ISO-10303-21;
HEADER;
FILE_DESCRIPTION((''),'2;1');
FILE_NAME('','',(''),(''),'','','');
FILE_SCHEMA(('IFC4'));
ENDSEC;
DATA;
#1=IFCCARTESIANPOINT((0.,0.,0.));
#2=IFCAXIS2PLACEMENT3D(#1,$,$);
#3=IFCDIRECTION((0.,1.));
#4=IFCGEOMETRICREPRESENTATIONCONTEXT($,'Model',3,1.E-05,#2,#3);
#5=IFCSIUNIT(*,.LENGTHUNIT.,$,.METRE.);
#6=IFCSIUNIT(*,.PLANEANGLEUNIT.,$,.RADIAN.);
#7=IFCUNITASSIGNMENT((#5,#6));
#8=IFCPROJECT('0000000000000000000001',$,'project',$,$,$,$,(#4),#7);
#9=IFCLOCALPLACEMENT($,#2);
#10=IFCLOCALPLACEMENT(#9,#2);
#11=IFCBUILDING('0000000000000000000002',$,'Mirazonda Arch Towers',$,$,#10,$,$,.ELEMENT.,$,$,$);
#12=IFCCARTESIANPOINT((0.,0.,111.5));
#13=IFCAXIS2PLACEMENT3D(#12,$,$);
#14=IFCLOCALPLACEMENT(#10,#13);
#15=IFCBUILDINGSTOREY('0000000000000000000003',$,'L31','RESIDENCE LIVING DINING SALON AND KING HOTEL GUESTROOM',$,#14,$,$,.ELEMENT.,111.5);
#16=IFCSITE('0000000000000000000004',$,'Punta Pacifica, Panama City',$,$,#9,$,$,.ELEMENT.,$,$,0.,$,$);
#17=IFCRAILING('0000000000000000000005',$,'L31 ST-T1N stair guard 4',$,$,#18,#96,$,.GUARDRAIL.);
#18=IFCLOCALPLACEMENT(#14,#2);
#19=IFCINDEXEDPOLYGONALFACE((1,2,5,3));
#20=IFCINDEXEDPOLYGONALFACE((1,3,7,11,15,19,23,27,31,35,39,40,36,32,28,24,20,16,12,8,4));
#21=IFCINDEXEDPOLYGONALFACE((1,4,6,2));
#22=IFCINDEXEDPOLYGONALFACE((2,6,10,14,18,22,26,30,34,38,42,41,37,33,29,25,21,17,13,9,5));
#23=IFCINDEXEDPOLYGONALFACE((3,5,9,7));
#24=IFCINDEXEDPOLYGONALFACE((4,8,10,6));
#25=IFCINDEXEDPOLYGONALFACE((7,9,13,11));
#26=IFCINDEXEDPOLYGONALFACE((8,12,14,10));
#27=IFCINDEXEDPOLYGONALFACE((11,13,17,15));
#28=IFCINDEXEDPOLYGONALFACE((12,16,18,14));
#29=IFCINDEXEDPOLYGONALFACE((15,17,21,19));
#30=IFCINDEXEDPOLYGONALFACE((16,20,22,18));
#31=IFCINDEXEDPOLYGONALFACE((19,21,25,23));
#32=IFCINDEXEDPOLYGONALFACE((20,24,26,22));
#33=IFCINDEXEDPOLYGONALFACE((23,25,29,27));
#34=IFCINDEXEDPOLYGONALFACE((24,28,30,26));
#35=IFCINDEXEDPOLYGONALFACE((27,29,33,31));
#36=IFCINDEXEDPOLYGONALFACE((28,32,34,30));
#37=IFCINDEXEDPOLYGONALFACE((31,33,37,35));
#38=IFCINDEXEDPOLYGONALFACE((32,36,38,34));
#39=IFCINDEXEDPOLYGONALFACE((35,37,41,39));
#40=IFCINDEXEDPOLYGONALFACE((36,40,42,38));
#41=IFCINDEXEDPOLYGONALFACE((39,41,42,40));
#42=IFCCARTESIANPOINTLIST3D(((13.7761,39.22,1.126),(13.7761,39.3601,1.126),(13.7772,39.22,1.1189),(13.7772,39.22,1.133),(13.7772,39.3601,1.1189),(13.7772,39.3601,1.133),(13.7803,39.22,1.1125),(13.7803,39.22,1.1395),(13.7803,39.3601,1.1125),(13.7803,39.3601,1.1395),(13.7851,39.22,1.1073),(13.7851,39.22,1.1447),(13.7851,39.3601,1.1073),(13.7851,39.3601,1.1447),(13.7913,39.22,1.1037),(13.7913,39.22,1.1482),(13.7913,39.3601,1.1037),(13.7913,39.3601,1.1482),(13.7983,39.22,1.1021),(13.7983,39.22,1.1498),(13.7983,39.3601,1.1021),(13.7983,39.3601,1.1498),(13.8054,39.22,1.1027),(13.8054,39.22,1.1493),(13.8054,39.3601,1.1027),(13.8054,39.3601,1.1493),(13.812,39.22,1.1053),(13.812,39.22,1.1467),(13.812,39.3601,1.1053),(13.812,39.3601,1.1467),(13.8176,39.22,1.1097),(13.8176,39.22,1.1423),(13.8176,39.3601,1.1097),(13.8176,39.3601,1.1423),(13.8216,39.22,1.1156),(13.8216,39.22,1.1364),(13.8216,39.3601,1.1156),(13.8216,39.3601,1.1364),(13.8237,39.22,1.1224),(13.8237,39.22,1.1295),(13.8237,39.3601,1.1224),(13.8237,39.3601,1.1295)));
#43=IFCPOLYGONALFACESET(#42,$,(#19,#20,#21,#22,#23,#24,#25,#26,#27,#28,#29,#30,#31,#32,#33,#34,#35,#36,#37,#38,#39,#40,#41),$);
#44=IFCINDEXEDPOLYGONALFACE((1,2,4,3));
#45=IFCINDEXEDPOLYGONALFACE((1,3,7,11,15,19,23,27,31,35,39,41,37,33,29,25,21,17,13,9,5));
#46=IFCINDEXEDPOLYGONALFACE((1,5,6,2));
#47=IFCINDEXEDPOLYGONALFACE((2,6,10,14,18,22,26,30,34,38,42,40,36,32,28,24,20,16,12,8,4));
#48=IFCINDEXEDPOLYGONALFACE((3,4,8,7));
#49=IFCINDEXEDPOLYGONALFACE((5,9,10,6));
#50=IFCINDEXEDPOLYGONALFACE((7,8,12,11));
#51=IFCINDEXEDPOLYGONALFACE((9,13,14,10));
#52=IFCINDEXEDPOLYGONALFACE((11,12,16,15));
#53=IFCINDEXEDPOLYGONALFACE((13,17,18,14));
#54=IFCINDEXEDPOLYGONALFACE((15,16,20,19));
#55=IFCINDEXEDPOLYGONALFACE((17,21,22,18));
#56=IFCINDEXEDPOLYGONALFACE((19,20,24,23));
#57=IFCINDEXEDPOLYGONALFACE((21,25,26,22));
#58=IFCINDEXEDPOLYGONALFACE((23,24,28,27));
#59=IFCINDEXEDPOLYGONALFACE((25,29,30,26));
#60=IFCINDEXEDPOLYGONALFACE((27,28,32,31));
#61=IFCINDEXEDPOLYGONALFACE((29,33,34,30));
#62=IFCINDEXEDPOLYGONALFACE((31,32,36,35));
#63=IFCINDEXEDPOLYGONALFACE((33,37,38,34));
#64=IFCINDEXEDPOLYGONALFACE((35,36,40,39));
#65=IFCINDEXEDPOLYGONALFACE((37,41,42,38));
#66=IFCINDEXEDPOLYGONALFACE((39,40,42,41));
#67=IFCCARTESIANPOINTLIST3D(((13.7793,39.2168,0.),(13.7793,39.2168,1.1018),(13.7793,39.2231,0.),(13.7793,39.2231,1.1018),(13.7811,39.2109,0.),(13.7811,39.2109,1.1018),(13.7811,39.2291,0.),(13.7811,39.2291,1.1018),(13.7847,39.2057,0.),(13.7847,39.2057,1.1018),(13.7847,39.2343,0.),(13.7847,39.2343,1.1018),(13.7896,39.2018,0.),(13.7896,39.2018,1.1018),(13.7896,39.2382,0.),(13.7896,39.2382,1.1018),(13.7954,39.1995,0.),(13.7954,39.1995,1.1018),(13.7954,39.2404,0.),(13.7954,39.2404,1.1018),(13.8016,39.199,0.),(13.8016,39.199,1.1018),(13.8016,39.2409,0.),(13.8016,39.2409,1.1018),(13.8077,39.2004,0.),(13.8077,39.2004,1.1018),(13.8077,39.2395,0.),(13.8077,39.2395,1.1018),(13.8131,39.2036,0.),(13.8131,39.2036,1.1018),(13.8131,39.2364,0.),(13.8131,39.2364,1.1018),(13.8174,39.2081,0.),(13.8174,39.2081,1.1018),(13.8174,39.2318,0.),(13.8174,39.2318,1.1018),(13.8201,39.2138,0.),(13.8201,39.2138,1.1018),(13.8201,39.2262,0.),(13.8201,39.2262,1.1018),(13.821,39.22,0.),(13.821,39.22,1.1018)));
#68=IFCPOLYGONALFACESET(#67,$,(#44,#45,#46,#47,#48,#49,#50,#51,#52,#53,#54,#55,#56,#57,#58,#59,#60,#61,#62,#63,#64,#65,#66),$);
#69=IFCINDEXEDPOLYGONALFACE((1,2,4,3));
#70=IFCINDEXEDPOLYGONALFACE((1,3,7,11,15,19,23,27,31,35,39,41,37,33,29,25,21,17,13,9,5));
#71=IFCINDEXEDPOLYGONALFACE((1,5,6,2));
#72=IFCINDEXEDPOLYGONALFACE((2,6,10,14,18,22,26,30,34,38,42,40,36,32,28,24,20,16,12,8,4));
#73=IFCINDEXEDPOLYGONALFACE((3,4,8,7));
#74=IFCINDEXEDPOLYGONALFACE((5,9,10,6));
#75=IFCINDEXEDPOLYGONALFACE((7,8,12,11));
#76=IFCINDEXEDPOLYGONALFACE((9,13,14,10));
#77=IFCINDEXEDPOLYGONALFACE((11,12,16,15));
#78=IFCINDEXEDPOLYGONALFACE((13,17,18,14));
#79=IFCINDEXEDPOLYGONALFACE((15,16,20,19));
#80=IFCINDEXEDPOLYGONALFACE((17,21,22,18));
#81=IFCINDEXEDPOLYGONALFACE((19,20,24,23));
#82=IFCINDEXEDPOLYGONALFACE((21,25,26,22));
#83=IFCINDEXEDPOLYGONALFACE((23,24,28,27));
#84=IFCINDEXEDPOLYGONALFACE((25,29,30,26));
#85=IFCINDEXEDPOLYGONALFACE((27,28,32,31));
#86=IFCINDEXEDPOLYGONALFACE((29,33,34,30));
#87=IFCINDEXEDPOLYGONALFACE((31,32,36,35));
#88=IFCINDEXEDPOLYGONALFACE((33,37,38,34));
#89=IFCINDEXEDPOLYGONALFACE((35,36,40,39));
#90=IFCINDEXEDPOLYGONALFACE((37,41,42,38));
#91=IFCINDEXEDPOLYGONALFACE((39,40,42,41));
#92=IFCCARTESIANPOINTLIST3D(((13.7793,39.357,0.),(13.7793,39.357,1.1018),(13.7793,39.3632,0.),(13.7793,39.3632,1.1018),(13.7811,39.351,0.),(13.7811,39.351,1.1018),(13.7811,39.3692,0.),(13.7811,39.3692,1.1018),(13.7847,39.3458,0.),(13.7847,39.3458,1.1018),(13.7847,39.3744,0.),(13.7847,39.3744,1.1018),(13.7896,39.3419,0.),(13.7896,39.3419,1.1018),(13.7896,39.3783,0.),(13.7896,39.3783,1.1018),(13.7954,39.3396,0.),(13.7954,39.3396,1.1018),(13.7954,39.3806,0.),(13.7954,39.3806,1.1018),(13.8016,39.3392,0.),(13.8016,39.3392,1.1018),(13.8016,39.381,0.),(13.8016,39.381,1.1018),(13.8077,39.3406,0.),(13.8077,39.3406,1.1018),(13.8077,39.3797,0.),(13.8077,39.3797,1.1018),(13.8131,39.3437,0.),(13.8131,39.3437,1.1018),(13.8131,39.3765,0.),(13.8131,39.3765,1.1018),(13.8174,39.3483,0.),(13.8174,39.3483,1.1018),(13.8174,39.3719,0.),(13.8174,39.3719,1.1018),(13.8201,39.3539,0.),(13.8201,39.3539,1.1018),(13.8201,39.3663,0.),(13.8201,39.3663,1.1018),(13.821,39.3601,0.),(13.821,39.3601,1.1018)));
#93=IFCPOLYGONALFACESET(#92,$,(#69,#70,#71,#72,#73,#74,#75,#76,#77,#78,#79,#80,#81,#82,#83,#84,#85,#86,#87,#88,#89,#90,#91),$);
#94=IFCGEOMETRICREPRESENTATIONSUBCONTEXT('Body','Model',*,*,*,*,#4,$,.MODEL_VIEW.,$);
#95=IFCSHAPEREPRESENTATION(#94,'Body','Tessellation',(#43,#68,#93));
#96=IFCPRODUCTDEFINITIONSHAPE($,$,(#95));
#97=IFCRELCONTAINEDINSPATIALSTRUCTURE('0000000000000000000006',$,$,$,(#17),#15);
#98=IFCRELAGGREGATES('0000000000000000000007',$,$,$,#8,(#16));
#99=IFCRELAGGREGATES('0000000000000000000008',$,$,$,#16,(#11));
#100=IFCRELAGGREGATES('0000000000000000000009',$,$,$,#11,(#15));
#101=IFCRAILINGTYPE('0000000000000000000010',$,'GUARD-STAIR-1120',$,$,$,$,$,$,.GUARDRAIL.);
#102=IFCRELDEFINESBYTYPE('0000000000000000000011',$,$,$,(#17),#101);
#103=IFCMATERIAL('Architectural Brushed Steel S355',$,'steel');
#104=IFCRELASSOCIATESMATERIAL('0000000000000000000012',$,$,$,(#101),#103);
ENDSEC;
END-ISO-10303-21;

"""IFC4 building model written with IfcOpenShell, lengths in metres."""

from ifc_helpers import new_model, si_unit, direction, frame, origin, origin_2d, place, context, subcontext, project, spatial, circle, extrude, material, type_object, element, save


model = new_model("IFC4")

# Units and contexts
model_context = context("Model", 3, precision=1e-05, world=origin(), true_north=direction((0.0, 1.0)))
body_context = subcontext(model_context, "Body", "Model", "MODEL_VIEW")
ifc_project = project(units=[si_unit("LENGTHUNIT", "METRE"), si_unit("PLANEANGLEUNIT", "RADIAN")], contexts=[model_context])

# Site, building, storey
site_placement = place(None, origin())
site = spatial("IfcSite", under=ifc_project, at=site_placement, Name="Punta Pacifica, Panama City", CompositionType="ELEMENT", RefElevation=0.0)
building_placement = place(site_placement, origin())
building = spatial("IfcBuilding", under=site, at=building_placement, Name="Mirazonda Arch Towers", CompositionType="ELEMENT")
storey_placement = place(building_placement, frame((0.0, 0.0, 111.5)))
storey = spatial("IfcBuildingStorey", under=building, at=storey_placement, Name="L31", Description="RESIDENCE LIVING DINING SALON AND KING HOTEL GUESTROOM", CompositionType="ELEMENT", Elevation=111.5)

# Shared definitions
ifc_material_1 = material(Name="Architectural Brushed Steel S355", Category="steel")

# Railing
railing_type_1 = type_object("IfcRailingType", Name="GUARD-STAIR-1120", PredefinedType="GUARDRAIL", material=ifc_material_1)
railing_1_placement = place(storey_placement, frame((13.8, 39.22, 0.0)))
element("IfcRailing", 1, at=railing_1_placement, inside=storey, type_object=railing_type_1, Name="L31 ST-T1N stair guard 4", PredefinedType="GUARDRAIL", context=body_context, shape_type="SweptSolid", body=[
    extrude(circle(Radius=0.0239, at=origin_2d()), frame((0.0, 0.0, 1.126), z_axis=(0.0, 1.0, 0.0), x_axis=(-1.0, 0.0, 0.0)), (0.0, 0.0, 1.0), 0.1401),
    extrude(circle(Radius=0.021, at=origin_2d()), origin(), (0.0, 0.0, 1.0), 1.1018),
    extrude(circle(Radius=0.021, at=origin_2d()), frame((0.0, 0.1401, 0.0)), (0.0, 0.0, 1.0), 1.1018),
])

save(model, "model.ifc")
